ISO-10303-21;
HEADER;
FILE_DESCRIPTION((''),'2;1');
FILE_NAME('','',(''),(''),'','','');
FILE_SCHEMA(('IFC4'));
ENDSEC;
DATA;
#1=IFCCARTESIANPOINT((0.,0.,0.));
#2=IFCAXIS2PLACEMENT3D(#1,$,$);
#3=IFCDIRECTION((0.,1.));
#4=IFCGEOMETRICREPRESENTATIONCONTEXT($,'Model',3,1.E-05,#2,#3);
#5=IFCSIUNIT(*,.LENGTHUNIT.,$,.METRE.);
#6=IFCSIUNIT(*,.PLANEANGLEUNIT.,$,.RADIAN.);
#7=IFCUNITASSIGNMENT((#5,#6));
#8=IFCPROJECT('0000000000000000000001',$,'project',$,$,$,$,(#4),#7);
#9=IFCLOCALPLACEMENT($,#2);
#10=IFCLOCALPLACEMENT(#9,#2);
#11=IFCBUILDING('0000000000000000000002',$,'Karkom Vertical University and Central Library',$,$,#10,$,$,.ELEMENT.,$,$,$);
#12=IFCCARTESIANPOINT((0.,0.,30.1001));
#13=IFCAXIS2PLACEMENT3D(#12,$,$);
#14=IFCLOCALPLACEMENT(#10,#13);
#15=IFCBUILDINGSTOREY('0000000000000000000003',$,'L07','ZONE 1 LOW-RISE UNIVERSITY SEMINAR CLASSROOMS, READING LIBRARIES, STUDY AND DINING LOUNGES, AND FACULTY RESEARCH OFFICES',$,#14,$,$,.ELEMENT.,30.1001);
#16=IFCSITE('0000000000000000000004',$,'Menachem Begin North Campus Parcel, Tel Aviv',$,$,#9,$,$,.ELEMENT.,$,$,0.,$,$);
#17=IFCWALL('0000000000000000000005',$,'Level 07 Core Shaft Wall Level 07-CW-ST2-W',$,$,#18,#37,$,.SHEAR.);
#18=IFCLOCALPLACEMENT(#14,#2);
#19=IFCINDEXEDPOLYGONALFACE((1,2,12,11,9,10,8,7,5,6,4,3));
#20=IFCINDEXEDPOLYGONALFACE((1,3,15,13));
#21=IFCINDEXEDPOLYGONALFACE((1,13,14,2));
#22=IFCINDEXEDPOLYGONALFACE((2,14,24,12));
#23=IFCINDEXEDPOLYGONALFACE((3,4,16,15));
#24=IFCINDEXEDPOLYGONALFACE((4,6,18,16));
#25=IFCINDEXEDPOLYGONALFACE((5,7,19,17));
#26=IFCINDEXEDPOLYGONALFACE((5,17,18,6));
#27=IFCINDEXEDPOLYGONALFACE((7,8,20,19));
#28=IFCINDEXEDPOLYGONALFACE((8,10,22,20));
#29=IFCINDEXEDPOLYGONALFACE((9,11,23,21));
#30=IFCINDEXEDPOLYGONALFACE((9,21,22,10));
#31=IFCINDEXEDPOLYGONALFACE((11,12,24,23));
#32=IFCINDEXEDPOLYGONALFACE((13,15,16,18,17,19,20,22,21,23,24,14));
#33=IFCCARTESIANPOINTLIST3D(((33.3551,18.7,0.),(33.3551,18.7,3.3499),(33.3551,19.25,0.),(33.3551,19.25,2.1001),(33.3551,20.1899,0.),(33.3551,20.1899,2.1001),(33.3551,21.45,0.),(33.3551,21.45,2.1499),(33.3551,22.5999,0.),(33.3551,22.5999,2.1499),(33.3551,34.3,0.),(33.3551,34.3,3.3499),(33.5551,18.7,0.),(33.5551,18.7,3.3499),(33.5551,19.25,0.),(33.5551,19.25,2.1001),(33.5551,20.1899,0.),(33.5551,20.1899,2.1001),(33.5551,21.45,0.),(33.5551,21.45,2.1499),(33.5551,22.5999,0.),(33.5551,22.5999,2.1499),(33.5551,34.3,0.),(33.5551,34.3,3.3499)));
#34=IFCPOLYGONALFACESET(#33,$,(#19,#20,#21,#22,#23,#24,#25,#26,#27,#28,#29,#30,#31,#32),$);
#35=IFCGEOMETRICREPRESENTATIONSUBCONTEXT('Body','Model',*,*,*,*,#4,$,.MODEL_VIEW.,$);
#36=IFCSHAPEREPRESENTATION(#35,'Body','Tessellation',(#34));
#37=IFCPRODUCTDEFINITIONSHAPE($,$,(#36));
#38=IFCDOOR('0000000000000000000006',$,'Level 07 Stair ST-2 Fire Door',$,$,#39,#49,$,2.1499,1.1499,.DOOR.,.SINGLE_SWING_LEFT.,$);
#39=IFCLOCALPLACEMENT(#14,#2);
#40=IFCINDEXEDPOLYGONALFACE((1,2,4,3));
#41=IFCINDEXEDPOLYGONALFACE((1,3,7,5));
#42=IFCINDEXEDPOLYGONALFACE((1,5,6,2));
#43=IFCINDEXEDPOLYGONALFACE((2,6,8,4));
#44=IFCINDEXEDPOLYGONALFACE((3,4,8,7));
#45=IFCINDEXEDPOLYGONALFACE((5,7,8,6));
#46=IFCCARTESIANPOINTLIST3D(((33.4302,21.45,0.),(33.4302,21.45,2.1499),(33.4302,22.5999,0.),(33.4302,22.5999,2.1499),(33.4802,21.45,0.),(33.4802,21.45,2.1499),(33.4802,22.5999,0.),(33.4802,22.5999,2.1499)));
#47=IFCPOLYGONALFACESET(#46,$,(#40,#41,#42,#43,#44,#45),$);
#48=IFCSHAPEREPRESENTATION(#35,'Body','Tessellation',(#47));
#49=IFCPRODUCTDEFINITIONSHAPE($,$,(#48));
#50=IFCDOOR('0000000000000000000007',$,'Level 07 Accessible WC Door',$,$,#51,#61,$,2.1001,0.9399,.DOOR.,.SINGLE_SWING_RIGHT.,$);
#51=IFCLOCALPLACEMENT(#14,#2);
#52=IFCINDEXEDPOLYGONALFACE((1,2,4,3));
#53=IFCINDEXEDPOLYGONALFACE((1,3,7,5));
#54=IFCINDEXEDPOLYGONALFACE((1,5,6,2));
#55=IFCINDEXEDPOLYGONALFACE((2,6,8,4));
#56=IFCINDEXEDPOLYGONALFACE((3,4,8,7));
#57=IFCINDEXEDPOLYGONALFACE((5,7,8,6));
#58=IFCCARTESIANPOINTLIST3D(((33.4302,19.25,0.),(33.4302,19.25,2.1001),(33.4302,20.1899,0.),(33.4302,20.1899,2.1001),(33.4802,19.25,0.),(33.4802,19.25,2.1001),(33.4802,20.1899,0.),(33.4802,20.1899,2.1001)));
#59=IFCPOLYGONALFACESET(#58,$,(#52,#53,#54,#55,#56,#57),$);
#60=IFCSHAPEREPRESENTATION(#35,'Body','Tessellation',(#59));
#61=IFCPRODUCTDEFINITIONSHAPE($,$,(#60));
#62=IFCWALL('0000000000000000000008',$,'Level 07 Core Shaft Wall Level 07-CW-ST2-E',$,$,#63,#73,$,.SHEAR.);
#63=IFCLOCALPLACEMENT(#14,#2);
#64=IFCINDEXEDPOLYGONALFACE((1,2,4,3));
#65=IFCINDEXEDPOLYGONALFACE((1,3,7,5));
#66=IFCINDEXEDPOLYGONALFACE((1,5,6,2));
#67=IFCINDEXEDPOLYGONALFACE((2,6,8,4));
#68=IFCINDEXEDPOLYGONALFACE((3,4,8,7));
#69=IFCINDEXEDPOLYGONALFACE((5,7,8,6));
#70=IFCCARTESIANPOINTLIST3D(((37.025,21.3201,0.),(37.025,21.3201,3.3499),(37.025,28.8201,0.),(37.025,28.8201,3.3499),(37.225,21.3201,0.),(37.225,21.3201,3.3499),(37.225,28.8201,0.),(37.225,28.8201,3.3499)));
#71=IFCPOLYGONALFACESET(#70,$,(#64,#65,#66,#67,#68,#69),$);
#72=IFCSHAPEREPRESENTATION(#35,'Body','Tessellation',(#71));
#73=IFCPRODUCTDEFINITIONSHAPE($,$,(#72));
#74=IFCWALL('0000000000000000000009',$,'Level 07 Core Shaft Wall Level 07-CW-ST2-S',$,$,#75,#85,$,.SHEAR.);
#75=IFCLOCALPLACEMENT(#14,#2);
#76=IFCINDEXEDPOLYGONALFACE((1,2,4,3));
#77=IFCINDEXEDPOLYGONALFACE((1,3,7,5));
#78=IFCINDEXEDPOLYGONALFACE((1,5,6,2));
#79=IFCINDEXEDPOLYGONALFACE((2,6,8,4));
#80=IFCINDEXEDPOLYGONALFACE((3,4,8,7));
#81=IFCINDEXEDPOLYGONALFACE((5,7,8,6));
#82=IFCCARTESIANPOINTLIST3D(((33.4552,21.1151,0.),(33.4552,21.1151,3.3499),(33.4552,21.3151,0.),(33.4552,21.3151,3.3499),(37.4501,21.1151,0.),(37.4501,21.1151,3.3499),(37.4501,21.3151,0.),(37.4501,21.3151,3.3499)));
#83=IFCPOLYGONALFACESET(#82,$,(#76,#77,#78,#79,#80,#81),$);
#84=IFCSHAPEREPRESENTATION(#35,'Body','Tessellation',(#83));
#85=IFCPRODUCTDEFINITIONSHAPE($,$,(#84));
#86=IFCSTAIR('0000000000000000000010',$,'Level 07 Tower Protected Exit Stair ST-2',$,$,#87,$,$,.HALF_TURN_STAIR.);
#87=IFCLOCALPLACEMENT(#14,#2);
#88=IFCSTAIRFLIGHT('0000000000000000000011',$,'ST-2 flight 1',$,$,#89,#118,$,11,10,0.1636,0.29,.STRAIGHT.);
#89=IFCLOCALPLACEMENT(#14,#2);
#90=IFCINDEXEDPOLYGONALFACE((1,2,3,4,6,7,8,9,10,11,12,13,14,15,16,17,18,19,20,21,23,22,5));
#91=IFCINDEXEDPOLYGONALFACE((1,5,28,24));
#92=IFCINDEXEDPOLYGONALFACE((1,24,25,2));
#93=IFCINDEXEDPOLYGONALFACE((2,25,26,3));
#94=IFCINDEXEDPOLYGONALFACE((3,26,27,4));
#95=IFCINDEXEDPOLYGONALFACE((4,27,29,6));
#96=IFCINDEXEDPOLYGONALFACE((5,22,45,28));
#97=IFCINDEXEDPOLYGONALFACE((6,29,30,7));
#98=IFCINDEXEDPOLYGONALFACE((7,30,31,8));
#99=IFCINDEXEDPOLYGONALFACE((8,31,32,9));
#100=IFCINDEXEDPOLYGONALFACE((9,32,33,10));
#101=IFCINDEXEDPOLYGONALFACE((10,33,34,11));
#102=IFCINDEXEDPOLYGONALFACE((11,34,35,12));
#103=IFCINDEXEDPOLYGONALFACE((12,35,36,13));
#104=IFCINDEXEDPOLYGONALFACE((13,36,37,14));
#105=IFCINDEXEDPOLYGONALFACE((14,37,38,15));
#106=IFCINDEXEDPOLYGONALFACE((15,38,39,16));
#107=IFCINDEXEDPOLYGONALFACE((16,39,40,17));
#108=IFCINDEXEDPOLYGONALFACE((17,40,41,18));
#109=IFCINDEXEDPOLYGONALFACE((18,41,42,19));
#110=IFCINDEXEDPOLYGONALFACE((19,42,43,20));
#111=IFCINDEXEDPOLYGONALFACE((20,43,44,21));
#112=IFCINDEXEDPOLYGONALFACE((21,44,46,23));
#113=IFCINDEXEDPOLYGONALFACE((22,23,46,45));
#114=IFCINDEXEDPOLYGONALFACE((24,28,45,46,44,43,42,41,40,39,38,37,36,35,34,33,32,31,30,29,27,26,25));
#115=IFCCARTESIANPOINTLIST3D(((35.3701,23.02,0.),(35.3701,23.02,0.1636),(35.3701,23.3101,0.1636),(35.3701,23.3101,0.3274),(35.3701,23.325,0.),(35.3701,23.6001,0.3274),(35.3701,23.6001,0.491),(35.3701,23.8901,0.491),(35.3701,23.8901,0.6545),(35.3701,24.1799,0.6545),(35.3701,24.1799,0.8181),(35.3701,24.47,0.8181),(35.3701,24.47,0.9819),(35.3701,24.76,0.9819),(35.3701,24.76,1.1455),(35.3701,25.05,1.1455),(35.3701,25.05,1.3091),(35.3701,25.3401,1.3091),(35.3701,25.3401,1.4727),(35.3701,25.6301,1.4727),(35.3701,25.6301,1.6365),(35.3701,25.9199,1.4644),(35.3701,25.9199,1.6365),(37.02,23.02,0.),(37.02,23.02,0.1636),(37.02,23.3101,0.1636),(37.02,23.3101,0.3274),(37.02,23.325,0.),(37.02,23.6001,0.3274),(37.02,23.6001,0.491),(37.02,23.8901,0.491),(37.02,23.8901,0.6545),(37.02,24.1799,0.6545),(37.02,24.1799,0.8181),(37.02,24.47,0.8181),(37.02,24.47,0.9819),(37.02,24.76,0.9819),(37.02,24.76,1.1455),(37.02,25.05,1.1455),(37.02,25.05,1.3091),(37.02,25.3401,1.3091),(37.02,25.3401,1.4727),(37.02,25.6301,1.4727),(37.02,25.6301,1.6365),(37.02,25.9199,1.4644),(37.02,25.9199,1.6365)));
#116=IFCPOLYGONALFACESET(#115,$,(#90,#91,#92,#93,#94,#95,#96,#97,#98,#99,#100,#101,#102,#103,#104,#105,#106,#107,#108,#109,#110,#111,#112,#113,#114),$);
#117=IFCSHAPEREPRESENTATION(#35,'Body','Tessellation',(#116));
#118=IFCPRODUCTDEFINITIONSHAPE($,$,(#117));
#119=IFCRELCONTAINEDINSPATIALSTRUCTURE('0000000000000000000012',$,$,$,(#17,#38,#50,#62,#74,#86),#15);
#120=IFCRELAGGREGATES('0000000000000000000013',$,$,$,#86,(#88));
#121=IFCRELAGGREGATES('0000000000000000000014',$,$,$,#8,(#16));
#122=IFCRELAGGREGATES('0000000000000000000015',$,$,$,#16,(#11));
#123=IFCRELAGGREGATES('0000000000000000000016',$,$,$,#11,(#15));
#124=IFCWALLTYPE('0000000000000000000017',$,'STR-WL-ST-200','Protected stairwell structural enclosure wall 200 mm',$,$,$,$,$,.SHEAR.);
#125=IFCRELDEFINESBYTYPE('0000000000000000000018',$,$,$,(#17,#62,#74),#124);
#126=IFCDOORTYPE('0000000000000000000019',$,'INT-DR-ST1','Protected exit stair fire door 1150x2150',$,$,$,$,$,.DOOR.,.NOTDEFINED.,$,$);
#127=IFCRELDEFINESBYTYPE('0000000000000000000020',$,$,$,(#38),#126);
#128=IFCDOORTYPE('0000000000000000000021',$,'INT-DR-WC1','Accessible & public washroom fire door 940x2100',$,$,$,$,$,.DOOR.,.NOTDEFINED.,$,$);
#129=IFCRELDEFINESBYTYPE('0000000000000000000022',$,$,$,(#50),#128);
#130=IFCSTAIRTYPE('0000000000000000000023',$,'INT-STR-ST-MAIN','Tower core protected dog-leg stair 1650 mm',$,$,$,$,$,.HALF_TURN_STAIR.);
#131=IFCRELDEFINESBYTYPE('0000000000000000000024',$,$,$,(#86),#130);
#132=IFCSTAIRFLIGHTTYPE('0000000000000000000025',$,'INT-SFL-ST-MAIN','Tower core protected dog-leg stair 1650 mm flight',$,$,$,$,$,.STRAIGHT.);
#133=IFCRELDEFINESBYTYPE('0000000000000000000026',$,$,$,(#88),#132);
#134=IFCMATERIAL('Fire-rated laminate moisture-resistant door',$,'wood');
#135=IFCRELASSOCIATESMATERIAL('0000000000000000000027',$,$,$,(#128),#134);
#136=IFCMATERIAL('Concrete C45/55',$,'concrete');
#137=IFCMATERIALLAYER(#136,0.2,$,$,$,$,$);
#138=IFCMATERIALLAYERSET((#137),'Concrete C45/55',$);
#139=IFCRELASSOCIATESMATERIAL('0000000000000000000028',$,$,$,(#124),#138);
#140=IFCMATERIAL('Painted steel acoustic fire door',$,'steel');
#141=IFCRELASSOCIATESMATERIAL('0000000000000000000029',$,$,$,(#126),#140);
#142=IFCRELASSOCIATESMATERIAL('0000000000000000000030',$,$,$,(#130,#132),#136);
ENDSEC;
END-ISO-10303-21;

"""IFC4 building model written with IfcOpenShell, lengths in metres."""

from ifc_helpers import new_model, si_unit, direction, frame, frame_2d, origin, origin_with_axes, place, context, subcontext, project, spatial, polyline, rectangle, outline, extrude, source, transform, mapped, material, layer, layer_set, type_object, element, fill, aggregate, save


model = new_model("IFC4")

# Units and contexts
model_context = context("Model", 3, precision=1e-05, world=origin(), true_north=direction((0.0, 1.0)))
body_context = subcontext(model_context, "Body", "Model", "MODEL_VIEW")
ifc_project = project(units=[si_unit("LENGTHUNIT", "METRE"), si_unit("PLANEANGLEUNIT", "RADIAN")], contexts=[model_context])

# Site, building, storey
site_placement = place(None, origin())
site = spatial("IfcSite", under=ifc_project, at=site_placement, Name="Menachem Begin North Campus Parcel, Tel Aviv", CompositionType="ELEMENT", RefElevation=0.0)
building_placement = place(site_placement, origin())
building = spatial("IfcBuilding", under=site, at=building_placement, Name="Karkom Vertical University and Central Library", CompositionType="ELEMENT")
storey_placement = place(building_placement, frame((0.0, 0.0, 30.1001)))
storey = spatial("IfcBuildingStorey", under=building, at=storey_placement, Name="L07", Description="ZONE 1 LOW-RISE UNIVERSITY SEMINAR CLASSROOMS, READING LIBRARIES, STUDY AND DINING LOUNGES, AND FACULTY RESEARCH OFFICES", CompositionType="ELEMENT", Elevation=30.1001)

# Shared definitions
ifc_material_1 = material(Name="Fire-rated laminate moisture-resistant door", Category="wood")
door_type_1 = type_object("IfcDoorType", Name="INT-DR-WC1", Description="Accessible & public washroom fire door 940x2100", OperationType="NOTDEFINED", PredefinedType="DOOR", material=ifc_material_1)
shared_shape_1 = source(origin_with_axes(), body_context, "Body", "SweptSolid", [
    extrude(rectangle(XDim=0.9399, YDim=2.1001, at=frame_2d((0.47, 1.05))), frame((0.0, 0.0249, 0.0), z_axis=(0.0, -1.0, 0.0), x_axis=(1.0, 0.0, 0.0)), (0.0, 0.0, 1.0), 0.05),
])

# Wall, openings, doors
ifc_material_2 = material(Name="Concrete C45/55", Category="concrete")
ifc_layer_1 = layer(ifc_material_2, 0.2)
ifc_layer_set_1 = layer_set([ifc_layer_1], Name="Concrete C45/55")
wall_type_1 = type_object("IfcWallType", Name="STR-WL-ST-200", Description="Protected stairwell structural enclosure wall 200 mm", PredefinedType="SHEAR", material=ifc_layer_set_1)
wall_1_placement = place(storey_placement, frame((33.4551, 18.7, 0.0), z_axis=(0.0, 0.0, 1.0), x_axis=(0.0, 1.0, 0.0)))
wall_1 = element("IfcWall", 1, at=wall_1_placement, inside=storey, type_object=wall_type_1, Name="Level 07 Core Shaft Wall Level 07-CW-ST2-W", PredefinedType="SHEAR", context=body_context, shape_type="SweptSolid", body=[
    extrude(rectangle(XDim=15.6001, YDim=0.2, at=frame_2d((7.8, 0.0))), origin(), (0.0, 0.0, 1.0), 3.3499),
])
opening_1_placement = place(wall_1_placement, frame((2.75, 0.0, 0.0)))
opening_1 = element("IfcOpeningElement", 2, at=opening_1_placement, cuts=wall_1, PredefinedType="OPENING", context=body_context, shape_type="SweptSolid", body=[
    extrude(rectangle(XDim=1.1499, YDim=2.1499, at=frame_2d((0.575, 1.075))), frame((0.0, 0.1099, 0.0), z_axis=(0.0, -1.0, 0.0), x_axis=(1.0, 0.0, 0.0)), (0.0, 0.0, 1.0), 0.22),
])
opening_2_placement = place(wall_1_placement, frame((0.55, 0.0, 0.0)))
opening_2 = element("IfcOpeningElement", 3, at=opening_2_placement, cuts=wall_1, PredefinedType="OPENING", context=body_context, shape_type="SweptSolid", body=[
    extrude(rectangle(XDim=0.9399, YDim=2.1001, at=frame_2d((0.47, 1.05))), frame((0.0, 0.1099, 0.0), z_axis=(0.0, -1.0, 0.0), x_axis=(1.0, 0.0, 0.0)), (0.0, 0.0, 1.0), 0.22),
])
ifc_material_3 = material(Name="Painted steel acoustic fire door", Category="steel")
door_type_2 = type_object("IfcDoorType", Name="INT-DR-ST1", Description="Protected exit stair fire door 1150x2150", OperationType="NOTDEFINED", PredefinedType="DOOR", material=ifc_material_3)
shared_shape_2 = source(origin_with_axes(), body_context, "Body", "SweptSolid", [
    extrude(rectangle(XDim=1.1499, YDim=2.1499, at=frame_2d((0.575, 1.075))), frame((0.0, 0.0249, 0.0), z_axis=(0.0, -1.0, 0.0), x_axis=(1.0, 0.0, 0.0)), (0.0, 0.0, 1.0), 0.05),
])
door_1_placement = place(opening_1_placement, origin())
door_1 = element("IfcDoor", 4, at=door_1_placement, inside=storey, type_object=door_type_2, Name="Level 07 Stair ST-2 Fire Door", OperationType="SINGLE_SWING_LEFT", OverallHeight=2.1499, OverallWidth=1.1499, PredefinedType="DOOR", context=body_context, shape_type="MappedRepresentation", body=[
    mapped(shared_shape_2, transform((0.0, 0.0, 0.0), scale=1.0)),
])
fill(opening_1, door_1)
door_2_placement = place(opening_2_placement, origin())
door_2 = element("IfcDoor", 5, at=door_2_placement, inside=storey, type_object=door_type_1, Name="Level 07 Accessible WC Door", OperationType="SINGLE_SWING_RIGHT", OverallHeight=2.1001, OverallWidth=0.9399, PredefinedType="DOOR", context=body_context, shape_type="MappedRepresentation", body=[
    mapped(shared_shape_1, transform((0.0, 0.0, 0.0), scale=1.0)),
])
fill(opening_2, door_2)

# Walls
wall_2_placement = place(storey_placement, frame((37.125, 21.3201, 0.0), z_axis=(0.0, 0.0, 1.0), x_axis=(0.0, 1.0, 0.0)))
element("IfcWall", 6, at=wall_2_placement, inside=storey, type_object=wall_type_1, Name="Level 07 Core Shaft Wall Level 07-CW-ST2-E", PredefinedType="SHEAR", context=body_context, shape_type="SweptSolid", body=[
    extrude(rectangle(XDim=7.5, YDim=0.2, at=frame_2d((3.75, 0.0))), origin(), (0.0, 0.0, 1.0), 3.3499),
])
wall_3_placement = place(storey_placement, frame((33.4551, 21.2151, 0.0), z_axis=(0.0, 0.0, 1.0), x_axis=(1.0, 0.0, 0.0)))
element("IfcWall", 7, at=wall_3_placement, inside=storey, type_object=wall_type_1, Name="Level 07 Core Shaft Wall Level 07-CW-ST2-S", PredefinedType="SHEAR", context=body_context, shape_type="SweptSolid", body=[
    extrude(rectangle(XDim=3.9949, YDim=0.2, at=frame_2d((1.9976, 0.0))), origin(), (0.0, 0.0, 1.0), 3.3499),
])

# Stair, stair flight
stair_type = type_object("IfcStairType", Name="INT-STR-ST-MAIN", Description="Tower core protected dog-leg stair 1650 mm", PredefinedType="HALF_TURN_STAIR", material=ifc_material_2)
stair_placement = place(storey_placement, origin())
stair = element("IfcStair", 8, at=stair_placement, inside=storey, type_object=stair_type, Name="Level 07 Tower Protected Exit Stair ST-2", PredefinedType="HALF_TURN_STAIR")
stair_flight_type = type_object("IfcStairFlightType", Name="INT-SFL-ST-MAIN", Description="Tower core protected dog-leg stair 1650 mm flight", PredefinedType="STRAIGHT", material=ifc_material_2)
stair_flight_placement = place(storey_placement, frame((36.1951, 23.02, 0.0), z_axis=(0.0, 0.0, 1.0), x_axis=(0.0, 1.0, 0.0)))
stair_flight = element("IfcStairFlight", 9, at=stair_flight_placement, type_object=stair_flight_type, Name="ST-2 flight 1", NumberOfRisers=11, NumberOfTreads=10, PredefinedType="STRAIGHT", RiserHeight=0.1636, TreadLength=0.29, context=body_context, shape_type="SweptSolid", body=[
    extrude(outline(polyline([(0.0, 0.0), (0.0, 0.1636), (0.29, 0.1636), (0.29, 0.3274), (0.5801, 0.3274), (0.5801, 0.491), (0.8701, 0.491), (0.8701, 0.6545), (1.1599, 0.6545), (1.1599, 0.8181), (1.45, 0.8181), (1.45, 0.9819), (1.74, 0.9819), (1.74, 1.1455), (2.03, 1.1455), (2.03, 1.3091), (2.3201, 1.3091), (2.3201, 1.4727), (2.6101, 1.4727), (2.6101, 1.6365), (2.8999, 1.6365), (2.8999, 1.8), (2.8999, 1.4644), (0.3049, 0.0), (0.0, 0.0)])), frame((0.0, 0.825, 0.0), z_axis=(0.0, -1.0, 0.0), x_axis=(1.0, 0.0, 0.0)), (0.0, 0.0, 1.0), 1.6499),
])
aggregate(stair, [stair_flight])

save(model, "model.ifc")
